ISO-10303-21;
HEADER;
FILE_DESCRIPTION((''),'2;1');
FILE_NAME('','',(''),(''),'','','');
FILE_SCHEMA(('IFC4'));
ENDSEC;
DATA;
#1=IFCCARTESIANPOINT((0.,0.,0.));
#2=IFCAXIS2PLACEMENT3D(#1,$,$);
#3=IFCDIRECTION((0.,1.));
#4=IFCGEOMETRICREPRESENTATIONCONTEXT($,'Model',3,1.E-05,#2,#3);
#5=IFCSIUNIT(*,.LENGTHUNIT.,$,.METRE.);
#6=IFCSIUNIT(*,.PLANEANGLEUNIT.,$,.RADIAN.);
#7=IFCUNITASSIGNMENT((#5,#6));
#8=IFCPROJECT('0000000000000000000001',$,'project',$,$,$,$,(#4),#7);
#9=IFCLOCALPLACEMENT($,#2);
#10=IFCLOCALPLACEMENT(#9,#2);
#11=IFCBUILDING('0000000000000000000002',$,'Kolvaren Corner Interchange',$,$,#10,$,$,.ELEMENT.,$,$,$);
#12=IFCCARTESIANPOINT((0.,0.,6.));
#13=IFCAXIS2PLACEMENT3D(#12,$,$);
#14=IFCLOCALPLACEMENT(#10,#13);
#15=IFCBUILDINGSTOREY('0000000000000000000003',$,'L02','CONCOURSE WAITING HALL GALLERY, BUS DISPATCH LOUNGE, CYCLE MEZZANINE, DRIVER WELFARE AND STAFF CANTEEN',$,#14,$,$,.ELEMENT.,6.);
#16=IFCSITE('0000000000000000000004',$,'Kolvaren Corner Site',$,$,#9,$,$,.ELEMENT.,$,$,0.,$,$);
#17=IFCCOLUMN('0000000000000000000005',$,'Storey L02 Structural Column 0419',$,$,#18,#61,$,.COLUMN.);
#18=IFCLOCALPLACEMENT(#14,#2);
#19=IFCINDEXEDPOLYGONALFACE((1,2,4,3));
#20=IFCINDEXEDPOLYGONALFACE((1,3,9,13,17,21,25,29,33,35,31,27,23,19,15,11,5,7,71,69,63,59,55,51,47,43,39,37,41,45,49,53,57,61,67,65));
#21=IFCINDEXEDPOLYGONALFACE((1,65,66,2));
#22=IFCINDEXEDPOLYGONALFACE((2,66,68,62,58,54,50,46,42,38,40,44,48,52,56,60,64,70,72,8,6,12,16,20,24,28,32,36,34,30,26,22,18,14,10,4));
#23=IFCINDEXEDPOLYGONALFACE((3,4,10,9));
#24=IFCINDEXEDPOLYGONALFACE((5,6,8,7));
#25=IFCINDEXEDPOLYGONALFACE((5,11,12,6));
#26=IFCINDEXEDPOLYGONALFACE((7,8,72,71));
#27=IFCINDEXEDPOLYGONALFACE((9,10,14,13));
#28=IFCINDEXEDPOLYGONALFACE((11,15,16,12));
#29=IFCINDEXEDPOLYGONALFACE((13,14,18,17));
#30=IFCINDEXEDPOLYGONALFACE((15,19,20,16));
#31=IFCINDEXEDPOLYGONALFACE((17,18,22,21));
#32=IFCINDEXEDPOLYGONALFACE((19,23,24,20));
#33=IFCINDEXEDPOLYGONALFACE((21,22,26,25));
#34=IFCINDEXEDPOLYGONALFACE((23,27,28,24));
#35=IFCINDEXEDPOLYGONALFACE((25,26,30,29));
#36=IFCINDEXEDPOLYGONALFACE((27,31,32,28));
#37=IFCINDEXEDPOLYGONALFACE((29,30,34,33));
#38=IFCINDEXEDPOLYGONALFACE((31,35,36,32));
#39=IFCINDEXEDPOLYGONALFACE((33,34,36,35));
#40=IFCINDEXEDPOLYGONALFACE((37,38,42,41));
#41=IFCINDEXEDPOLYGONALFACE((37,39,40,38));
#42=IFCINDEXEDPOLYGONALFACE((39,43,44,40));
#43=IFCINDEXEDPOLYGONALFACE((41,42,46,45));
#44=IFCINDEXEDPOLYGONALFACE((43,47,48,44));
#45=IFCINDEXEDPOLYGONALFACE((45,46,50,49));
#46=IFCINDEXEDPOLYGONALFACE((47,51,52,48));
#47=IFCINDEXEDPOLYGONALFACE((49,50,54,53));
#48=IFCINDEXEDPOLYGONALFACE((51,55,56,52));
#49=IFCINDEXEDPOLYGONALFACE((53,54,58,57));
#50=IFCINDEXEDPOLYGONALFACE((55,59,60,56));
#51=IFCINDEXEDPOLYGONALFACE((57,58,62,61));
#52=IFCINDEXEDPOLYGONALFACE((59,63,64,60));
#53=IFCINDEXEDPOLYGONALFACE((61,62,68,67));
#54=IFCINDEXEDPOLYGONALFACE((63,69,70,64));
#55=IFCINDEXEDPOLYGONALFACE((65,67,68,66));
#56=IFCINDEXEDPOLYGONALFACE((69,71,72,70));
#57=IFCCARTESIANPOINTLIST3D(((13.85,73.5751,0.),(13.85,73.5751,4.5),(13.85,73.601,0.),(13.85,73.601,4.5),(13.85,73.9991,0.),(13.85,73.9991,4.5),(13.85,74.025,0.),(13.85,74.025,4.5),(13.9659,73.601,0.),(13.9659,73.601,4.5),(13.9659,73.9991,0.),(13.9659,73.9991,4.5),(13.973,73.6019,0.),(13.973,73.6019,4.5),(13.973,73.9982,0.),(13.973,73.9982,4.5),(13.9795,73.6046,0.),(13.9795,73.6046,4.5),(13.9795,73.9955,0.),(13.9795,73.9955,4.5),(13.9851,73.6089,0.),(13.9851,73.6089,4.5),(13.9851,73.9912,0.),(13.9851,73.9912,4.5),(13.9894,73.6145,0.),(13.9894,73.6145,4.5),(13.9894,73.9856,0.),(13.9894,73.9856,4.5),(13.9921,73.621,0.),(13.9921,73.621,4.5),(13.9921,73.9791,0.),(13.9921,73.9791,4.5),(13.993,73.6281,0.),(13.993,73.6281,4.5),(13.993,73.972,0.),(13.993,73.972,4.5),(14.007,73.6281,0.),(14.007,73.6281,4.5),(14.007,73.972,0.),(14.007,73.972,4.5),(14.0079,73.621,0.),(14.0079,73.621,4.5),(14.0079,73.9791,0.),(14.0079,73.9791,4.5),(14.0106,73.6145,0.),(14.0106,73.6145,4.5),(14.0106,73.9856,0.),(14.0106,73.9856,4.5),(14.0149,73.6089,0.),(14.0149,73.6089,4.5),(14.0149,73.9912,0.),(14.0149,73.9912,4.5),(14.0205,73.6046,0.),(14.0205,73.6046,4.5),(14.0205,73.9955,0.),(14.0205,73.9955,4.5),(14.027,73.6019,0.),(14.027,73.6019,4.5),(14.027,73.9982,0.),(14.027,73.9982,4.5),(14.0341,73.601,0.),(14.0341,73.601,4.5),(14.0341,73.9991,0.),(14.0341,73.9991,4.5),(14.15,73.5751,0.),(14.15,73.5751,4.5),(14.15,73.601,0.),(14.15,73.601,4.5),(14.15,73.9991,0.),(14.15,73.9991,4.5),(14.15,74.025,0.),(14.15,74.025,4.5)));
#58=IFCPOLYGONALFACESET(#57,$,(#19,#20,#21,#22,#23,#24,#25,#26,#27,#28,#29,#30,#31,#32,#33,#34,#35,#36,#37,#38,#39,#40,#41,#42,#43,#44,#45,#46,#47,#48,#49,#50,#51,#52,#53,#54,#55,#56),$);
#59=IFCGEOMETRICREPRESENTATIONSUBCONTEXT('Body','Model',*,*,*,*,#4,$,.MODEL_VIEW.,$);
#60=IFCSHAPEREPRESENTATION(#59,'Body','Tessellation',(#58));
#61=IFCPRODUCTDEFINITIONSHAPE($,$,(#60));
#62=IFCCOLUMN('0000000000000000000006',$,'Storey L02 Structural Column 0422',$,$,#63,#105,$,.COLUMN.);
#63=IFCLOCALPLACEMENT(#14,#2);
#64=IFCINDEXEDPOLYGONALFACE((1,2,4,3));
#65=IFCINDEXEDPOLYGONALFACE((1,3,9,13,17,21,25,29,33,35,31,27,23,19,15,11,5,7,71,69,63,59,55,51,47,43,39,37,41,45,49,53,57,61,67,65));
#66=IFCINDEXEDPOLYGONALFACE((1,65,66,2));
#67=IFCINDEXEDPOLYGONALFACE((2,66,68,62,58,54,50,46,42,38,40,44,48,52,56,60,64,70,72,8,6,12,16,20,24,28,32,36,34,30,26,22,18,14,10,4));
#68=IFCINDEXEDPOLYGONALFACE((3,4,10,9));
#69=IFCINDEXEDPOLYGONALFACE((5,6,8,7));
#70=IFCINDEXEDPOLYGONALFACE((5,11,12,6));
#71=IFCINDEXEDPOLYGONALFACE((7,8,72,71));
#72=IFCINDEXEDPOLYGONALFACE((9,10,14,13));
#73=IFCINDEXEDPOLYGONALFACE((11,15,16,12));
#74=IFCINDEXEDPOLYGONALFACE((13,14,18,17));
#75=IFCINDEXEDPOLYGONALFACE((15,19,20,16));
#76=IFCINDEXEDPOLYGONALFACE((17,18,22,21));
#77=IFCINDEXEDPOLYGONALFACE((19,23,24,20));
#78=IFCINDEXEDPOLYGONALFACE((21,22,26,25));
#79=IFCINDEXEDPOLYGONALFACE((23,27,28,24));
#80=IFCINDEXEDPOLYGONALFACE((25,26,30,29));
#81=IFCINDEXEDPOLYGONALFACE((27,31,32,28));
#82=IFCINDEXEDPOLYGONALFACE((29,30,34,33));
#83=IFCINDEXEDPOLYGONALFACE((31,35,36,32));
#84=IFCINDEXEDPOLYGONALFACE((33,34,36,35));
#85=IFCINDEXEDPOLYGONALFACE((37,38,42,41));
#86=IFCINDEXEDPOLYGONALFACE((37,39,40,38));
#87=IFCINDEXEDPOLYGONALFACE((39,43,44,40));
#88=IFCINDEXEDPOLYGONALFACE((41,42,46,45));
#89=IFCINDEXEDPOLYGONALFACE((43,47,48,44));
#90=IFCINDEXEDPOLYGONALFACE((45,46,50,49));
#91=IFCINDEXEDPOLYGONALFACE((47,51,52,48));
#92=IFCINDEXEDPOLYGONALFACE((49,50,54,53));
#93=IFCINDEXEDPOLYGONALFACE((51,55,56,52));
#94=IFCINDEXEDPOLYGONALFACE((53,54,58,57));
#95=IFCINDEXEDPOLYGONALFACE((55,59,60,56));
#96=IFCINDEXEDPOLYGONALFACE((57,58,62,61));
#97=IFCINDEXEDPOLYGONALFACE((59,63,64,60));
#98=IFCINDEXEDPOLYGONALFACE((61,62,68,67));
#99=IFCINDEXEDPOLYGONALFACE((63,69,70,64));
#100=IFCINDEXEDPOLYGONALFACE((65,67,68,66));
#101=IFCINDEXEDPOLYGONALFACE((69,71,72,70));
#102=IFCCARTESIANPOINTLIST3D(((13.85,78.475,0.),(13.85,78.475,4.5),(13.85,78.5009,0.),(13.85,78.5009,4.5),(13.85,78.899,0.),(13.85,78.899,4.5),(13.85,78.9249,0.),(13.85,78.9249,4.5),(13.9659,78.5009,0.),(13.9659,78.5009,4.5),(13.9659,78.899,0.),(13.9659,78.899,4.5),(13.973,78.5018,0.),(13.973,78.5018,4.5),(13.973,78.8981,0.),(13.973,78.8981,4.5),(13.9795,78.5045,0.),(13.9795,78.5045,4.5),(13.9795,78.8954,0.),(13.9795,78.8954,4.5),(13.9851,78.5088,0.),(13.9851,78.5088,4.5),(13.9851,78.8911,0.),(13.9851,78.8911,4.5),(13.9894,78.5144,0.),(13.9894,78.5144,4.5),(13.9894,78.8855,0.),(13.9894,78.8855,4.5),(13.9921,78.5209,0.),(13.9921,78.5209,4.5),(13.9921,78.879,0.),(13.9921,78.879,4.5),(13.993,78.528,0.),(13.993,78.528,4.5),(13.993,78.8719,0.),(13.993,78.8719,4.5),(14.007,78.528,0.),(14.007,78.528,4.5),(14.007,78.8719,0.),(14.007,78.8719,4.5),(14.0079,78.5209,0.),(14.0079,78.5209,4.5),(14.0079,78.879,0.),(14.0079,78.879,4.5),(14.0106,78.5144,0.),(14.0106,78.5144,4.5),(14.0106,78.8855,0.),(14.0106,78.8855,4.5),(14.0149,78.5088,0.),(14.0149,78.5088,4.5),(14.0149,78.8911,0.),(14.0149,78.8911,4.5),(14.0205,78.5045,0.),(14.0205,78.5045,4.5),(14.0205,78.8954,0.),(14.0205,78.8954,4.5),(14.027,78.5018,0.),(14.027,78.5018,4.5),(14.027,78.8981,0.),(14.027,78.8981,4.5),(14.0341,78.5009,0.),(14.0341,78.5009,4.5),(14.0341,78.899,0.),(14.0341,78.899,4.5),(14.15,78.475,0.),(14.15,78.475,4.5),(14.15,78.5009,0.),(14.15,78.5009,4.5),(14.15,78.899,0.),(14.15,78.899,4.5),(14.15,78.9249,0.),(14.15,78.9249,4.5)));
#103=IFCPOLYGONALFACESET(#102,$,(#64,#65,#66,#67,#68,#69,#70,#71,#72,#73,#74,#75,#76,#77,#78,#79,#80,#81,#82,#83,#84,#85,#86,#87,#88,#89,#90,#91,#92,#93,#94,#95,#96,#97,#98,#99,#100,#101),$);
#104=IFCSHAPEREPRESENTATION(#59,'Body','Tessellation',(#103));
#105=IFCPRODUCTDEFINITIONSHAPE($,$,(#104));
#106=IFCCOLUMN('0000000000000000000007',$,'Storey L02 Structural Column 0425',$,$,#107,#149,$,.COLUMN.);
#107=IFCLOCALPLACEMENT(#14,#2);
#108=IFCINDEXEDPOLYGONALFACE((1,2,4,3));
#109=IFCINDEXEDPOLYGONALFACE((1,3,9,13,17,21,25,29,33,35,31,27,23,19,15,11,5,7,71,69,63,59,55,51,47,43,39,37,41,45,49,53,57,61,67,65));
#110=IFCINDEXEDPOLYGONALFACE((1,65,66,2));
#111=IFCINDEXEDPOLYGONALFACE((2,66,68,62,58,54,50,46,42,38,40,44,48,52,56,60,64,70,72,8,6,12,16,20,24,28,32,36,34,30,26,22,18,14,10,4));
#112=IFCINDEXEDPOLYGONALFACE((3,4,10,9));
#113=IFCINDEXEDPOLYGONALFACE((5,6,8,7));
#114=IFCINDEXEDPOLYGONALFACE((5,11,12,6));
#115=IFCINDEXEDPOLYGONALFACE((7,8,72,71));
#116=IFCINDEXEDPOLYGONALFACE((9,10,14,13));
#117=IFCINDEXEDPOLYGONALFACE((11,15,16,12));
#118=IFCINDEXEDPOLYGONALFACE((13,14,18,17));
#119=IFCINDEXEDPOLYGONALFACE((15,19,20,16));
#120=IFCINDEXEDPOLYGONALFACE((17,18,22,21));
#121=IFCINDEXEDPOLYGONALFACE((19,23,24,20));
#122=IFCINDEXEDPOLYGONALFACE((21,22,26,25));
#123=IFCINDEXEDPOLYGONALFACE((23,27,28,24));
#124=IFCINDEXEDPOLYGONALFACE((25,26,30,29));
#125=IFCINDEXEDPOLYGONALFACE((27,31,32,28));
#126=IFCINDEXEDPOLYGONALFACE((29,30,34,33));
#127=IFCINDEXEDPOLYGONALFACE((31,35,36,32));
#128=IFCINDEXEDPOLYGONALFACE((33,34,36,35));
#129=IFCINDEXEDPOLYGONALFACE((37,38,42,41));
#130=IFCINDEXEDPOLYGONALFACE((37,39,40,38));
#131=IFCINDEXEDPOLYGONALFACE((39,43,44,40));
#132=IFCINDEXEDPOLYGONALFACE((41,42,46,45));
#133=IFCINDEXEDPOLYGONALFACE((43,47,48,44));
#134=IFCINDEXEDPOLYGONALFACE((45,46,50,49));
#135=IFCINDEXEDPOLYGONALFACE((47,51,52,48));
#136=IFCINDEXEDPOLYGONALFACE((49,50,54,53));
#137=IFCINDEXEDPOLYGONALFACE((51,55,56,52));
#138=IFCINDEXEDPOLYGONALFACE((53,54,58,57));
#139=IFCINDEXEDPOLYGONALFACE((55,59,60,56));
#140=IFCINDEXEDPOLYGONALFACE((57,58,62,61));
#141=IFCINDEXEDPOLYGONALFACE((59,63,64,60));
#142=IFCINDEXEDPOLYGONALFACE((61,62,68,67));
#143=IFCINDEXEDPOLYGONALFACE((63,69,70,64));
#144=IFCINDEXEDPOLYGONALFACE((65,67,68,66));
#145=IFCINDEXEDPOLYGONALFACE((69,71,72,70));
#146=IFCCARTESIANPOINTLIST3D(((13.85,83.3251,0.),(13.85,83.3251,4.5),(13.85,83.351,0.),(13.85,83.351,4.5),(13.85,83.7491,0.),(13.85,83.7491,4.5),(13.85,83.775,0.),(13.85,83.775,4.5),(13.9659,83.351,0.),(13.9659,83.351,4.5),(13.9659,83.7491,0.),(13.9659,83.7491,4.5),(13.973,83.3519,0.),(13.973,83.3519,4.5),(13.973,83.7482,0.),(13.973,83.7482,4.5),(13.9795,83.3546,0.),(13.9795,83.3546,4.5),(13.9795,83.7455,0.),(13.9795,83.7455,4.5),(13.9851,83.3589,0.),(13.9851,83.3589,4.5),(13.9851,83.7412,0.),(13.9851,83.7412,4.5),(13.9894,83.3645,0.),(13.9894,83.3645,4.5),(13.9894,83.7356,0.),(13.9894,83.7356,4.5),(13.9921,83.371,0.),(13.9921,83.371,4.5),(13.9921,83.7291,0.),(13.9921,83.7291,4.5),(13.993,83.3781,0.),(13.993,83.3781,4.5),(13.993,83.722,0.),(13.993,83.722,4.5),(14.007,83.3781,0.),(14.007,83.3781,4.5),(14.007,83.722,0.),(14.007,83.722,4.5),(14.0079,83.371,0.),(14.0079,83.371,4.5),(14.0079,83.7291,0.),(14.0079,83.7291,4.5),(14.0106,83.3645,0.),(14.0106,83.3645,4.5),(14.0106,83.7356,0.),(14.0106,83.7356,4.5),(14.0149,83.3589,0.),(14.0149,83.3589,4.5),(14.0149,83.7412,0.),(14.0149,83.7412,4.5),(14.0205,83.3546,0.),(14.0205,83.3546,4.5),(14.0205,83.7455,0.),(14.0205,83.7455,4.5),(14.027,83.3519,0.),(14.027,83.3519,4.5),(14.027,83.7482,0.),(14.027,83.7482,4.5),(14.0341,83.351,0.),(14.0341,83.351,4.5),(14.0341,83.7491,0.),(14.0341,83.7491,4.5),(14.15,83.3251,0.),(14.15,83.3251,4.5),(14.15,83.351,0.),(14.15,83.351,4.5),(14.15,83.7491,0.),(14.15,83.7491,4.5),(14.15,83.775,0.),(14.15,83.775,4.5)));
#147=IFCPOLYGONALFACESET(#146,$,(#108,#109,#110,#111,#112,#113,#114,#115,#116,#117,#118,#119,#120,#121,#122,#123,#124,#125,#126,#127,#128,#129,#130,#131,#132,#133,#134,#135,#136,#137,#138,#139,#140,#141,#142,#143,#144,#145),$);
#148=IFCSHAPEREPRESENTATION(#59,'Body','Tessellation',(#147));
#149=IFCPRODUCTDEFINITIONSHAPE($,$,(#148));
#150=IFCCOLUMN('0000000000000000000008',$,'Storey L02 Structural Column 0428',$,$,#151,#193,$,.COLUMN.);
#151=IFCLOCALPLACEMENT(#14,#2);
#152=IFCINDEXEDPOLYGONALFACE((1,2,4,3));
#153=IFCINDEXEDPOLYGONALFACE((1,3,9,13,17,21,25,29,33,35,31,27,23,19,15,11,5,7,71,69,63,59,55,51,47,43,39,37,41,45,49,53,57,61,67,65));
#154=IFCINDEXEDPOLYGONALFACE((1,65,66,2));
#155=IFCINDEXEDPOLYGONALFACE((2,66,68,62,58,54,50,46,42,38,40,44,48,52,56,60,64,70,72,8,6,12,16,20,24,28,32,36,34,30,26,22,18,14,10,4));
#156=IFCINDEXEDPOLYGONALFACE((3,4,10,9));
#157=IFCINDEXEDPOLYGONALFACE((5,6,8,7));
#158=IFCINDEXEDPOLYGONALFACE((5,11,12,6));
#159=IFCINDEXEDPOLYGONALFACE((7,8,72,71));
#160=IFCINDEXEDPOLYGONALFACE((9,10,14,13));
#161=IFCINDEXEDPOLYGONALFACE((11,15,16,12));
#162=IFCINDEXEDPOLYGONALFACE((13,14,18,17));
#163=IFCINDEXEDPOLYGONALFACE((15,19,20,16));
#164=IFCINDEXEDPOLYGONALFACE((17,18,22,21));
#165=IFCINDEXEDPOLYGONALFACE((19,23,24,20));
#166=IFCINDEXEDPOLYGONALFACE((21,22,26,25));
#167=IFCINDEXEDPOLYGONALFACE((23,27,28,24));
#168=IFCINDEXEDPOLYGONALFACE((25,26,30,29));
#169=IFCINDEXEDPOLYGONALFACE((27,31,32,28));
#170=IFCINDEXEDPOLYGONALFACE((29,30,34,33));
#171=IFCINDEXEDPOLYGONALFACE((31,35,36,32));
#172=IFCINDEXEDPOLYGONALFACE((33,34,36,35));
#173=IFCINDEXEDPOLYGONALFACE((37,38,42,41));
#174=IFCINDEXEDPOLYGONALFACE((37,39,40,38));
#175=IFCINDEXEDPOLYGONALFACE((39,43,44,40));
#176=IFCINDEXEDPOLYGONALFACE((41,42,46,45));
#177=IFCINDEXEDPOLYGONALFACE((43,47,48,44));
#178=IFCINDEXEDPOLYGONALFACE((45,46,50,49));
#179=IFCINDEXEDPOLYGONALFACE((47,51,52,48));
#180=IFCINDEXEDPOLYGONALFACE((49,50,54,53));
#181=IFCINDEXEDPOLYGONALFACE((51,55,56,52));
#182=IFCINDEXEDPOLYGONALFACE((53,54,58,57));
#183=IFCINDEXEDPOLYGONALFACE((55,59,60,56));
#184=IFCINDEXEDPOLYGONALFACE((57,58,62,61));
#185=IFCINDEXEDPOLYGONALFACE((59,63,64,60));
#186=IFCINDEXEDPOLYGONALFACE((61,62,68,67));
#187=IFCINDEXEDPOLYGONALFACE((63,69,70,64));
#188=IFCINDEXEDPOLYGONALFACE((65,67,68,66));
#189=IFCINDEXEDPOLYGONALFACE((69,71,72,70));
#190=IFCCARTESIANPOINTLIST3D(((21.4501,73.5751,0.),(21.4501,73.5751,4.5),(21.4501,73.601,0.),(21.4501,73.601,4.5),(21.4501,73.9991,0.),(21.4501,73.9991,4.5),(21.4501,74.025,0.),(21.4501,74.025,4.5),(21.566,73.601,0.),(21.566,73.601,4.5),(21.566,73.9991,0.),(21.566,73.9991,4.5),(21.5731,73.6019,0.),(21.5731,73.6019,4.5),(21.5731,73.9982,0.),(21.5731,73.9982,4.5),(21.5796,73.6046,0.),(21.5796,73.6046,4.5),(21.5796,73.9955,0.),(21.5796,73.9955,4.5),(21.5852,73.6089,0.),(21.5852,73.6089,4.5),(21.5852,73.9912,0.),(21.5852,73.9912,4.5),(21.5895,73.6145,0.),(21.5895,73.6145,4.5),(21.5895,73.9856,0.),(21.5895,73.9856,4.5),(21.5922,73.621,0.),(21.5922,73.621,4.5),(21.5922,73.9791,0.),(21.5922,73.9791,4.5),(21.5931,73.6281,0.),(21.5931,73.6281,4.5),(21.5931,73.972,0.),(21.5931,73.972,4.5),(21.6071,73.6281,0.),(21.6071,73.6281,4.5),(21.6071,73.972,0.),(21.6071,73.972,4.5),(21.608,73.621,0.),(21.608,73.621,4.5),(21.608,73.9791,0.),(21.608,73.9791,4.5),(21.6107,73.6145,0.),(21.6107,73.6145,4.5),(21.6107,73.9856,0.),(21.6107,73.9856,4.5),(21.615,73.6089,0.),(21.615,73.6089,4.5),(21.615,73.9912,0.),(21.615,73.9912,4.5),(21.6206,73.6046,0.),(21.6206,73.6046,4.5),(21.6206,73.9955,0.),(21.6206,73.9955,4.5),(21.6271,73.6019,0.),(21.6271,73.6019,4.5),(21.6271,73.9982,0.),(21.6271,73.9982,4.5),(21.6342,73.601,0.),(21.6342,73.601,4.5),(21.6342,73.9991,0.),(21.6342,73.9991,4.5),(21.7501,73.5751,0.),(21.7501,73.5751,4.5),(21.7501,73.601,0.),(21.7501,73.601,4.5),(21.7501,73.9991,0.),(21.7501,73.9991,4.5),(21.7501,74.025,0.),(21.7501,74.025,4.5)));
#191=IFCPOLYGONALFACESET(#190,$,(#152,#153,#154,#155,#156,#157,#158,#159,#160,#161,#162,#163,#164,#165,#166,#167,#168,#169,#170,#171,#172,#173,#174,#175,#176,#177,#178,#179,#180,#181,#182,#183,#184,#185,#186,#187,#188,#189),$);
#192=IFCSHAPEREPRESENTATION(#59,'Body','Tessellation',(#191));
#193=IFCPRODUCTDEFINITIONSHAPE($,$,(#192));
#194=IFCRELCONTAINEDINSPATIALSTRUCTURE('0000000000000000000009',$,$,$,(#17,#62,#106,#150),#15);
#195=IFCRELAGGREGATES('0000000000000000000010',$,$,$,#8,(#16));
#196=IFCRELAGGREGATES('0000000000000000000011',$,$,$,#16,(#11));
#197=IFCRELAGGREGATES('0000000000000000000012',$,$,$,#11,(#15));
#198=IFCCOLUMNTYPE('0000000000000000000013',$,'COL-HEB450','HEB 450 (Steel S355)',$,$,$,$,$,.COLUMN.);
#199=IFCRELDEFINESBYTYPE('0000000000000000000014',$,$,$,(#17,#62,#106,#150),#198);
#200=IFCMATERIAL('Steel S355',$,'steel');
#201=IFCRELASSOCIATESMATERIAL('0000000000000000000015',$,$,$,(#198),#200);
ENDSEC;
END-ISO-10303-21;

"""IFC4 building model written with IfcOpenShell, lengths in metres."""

from ifc_helpers import new_model, si_unit, direction, frame, origin, origin_2d, place, context, subcontext, project, spatial, i_section, extrude, material, material_profile, profile_set, type_object, element, save


model = new_model("IFC4")

# Units and contexts
model_context = context("Model", 3, precision=1e-05, world=origin(), true_north=direction((0.0, 1.0)))
body_context = subcontext(model_context, "Body", "Model", "MODEL_VIEW")
ifc_project = project(units=[si_unit("LENGTHUNIT", "METRE"), si_unit("PLANEANGLEUNIT", "RADIAN")], contexts=[model_context])

# Site, building, storey
site_placement = place(None, origin())
site = spatial("IfcSite", under=ifc_project, at=site_placement, Name="Kolvaren Corner Site", CompositionType="ELEMENT", RefElevation=0.0)
building_placement = place(site_placement, origin())
building = spatial("IfcBuilding", under=site, at=building_placement, Name="Kolvaren Corner Interchange", CompositionType="ELEMENT")
storey_placement = place(building_placement, frame((0.0, 0.0, 6.0)))
storey = spatial("IfcBuildingStorey", under=building, at=storey_placement, Name="L02", Description="CONCOURSE WAITING HALL GALLERY, BUS DISPATCH LOUNGE, CYCLE MEZZANINE, DRIVER WELFARE AND STAFF CANTEEN", CompositionType="ELEMENT", Elevation=6.0)

# Columns
ifc_material_1 = material(Name="Steel S355", Category="steel")
ifc_material_profile_1 = material_profile(ifc_material_1, i_section(OverallWidth=0.3, OverallDepth=0.45, WebThickness=0.0139, FlangeThickness=0.0259, FilletRadius=0.0271, at=origin_2d()), Name="HEB 450")
ifc_profile_set_1 = profile_set([ifc_material_profile_1], Name="Steel S355")
column_type = type_object("IfcColumnType", Name="COL-HEB450", Description="HEB 450 (Steel S355)", PredefinedType="COLUMN", material=ifc_profile_set_1)
for number, where, z_axis, x_axis, name in (
    (1, (14.0, 73.8, 0.0), (0.0, 0.0, 1.0), (1.0, 0.0, 0.0), "Storey L02 Structural Column 0419"),
    (2, (14.0, 78.7, 0.0), (0.0, 0.0, 1.0), (1.0, 0.0, 0.0), "Storey L02 Structural Column 0422"),
    (3, (14.0, 83.55, 0.0), (0.0, 0.0, 1.0), (1.0, 0.0, 0.0), "Storey L02 Structural Column 0425"),
    (4, (21.6001, 73.8, 0.0), (0.0, 0.0, 1.0), (1.0, 0.0, 0.0), "Storey L02 Structural Column 0428"),
):
    element("IfcColumn", number, at=place(storey_placement, frame(where, z_axis=z_axis, x_axis=x_axis)), inside=storey, type_object=column_type, Name=name, PredefinedType="COLUMN", context=body_context, shape_type="SweptSolid", body=[
        extrude(i_section(OverallWidth=0.3, OverallDepth=0.45, WebThickness=0.0139, FlangeThickness=0.0259, FilletRadius=0.0271, at=origin_2d()), origin(), (0.0, 0.0, 1.0), 4.5),
    ])

save(model, "model.ifc")
